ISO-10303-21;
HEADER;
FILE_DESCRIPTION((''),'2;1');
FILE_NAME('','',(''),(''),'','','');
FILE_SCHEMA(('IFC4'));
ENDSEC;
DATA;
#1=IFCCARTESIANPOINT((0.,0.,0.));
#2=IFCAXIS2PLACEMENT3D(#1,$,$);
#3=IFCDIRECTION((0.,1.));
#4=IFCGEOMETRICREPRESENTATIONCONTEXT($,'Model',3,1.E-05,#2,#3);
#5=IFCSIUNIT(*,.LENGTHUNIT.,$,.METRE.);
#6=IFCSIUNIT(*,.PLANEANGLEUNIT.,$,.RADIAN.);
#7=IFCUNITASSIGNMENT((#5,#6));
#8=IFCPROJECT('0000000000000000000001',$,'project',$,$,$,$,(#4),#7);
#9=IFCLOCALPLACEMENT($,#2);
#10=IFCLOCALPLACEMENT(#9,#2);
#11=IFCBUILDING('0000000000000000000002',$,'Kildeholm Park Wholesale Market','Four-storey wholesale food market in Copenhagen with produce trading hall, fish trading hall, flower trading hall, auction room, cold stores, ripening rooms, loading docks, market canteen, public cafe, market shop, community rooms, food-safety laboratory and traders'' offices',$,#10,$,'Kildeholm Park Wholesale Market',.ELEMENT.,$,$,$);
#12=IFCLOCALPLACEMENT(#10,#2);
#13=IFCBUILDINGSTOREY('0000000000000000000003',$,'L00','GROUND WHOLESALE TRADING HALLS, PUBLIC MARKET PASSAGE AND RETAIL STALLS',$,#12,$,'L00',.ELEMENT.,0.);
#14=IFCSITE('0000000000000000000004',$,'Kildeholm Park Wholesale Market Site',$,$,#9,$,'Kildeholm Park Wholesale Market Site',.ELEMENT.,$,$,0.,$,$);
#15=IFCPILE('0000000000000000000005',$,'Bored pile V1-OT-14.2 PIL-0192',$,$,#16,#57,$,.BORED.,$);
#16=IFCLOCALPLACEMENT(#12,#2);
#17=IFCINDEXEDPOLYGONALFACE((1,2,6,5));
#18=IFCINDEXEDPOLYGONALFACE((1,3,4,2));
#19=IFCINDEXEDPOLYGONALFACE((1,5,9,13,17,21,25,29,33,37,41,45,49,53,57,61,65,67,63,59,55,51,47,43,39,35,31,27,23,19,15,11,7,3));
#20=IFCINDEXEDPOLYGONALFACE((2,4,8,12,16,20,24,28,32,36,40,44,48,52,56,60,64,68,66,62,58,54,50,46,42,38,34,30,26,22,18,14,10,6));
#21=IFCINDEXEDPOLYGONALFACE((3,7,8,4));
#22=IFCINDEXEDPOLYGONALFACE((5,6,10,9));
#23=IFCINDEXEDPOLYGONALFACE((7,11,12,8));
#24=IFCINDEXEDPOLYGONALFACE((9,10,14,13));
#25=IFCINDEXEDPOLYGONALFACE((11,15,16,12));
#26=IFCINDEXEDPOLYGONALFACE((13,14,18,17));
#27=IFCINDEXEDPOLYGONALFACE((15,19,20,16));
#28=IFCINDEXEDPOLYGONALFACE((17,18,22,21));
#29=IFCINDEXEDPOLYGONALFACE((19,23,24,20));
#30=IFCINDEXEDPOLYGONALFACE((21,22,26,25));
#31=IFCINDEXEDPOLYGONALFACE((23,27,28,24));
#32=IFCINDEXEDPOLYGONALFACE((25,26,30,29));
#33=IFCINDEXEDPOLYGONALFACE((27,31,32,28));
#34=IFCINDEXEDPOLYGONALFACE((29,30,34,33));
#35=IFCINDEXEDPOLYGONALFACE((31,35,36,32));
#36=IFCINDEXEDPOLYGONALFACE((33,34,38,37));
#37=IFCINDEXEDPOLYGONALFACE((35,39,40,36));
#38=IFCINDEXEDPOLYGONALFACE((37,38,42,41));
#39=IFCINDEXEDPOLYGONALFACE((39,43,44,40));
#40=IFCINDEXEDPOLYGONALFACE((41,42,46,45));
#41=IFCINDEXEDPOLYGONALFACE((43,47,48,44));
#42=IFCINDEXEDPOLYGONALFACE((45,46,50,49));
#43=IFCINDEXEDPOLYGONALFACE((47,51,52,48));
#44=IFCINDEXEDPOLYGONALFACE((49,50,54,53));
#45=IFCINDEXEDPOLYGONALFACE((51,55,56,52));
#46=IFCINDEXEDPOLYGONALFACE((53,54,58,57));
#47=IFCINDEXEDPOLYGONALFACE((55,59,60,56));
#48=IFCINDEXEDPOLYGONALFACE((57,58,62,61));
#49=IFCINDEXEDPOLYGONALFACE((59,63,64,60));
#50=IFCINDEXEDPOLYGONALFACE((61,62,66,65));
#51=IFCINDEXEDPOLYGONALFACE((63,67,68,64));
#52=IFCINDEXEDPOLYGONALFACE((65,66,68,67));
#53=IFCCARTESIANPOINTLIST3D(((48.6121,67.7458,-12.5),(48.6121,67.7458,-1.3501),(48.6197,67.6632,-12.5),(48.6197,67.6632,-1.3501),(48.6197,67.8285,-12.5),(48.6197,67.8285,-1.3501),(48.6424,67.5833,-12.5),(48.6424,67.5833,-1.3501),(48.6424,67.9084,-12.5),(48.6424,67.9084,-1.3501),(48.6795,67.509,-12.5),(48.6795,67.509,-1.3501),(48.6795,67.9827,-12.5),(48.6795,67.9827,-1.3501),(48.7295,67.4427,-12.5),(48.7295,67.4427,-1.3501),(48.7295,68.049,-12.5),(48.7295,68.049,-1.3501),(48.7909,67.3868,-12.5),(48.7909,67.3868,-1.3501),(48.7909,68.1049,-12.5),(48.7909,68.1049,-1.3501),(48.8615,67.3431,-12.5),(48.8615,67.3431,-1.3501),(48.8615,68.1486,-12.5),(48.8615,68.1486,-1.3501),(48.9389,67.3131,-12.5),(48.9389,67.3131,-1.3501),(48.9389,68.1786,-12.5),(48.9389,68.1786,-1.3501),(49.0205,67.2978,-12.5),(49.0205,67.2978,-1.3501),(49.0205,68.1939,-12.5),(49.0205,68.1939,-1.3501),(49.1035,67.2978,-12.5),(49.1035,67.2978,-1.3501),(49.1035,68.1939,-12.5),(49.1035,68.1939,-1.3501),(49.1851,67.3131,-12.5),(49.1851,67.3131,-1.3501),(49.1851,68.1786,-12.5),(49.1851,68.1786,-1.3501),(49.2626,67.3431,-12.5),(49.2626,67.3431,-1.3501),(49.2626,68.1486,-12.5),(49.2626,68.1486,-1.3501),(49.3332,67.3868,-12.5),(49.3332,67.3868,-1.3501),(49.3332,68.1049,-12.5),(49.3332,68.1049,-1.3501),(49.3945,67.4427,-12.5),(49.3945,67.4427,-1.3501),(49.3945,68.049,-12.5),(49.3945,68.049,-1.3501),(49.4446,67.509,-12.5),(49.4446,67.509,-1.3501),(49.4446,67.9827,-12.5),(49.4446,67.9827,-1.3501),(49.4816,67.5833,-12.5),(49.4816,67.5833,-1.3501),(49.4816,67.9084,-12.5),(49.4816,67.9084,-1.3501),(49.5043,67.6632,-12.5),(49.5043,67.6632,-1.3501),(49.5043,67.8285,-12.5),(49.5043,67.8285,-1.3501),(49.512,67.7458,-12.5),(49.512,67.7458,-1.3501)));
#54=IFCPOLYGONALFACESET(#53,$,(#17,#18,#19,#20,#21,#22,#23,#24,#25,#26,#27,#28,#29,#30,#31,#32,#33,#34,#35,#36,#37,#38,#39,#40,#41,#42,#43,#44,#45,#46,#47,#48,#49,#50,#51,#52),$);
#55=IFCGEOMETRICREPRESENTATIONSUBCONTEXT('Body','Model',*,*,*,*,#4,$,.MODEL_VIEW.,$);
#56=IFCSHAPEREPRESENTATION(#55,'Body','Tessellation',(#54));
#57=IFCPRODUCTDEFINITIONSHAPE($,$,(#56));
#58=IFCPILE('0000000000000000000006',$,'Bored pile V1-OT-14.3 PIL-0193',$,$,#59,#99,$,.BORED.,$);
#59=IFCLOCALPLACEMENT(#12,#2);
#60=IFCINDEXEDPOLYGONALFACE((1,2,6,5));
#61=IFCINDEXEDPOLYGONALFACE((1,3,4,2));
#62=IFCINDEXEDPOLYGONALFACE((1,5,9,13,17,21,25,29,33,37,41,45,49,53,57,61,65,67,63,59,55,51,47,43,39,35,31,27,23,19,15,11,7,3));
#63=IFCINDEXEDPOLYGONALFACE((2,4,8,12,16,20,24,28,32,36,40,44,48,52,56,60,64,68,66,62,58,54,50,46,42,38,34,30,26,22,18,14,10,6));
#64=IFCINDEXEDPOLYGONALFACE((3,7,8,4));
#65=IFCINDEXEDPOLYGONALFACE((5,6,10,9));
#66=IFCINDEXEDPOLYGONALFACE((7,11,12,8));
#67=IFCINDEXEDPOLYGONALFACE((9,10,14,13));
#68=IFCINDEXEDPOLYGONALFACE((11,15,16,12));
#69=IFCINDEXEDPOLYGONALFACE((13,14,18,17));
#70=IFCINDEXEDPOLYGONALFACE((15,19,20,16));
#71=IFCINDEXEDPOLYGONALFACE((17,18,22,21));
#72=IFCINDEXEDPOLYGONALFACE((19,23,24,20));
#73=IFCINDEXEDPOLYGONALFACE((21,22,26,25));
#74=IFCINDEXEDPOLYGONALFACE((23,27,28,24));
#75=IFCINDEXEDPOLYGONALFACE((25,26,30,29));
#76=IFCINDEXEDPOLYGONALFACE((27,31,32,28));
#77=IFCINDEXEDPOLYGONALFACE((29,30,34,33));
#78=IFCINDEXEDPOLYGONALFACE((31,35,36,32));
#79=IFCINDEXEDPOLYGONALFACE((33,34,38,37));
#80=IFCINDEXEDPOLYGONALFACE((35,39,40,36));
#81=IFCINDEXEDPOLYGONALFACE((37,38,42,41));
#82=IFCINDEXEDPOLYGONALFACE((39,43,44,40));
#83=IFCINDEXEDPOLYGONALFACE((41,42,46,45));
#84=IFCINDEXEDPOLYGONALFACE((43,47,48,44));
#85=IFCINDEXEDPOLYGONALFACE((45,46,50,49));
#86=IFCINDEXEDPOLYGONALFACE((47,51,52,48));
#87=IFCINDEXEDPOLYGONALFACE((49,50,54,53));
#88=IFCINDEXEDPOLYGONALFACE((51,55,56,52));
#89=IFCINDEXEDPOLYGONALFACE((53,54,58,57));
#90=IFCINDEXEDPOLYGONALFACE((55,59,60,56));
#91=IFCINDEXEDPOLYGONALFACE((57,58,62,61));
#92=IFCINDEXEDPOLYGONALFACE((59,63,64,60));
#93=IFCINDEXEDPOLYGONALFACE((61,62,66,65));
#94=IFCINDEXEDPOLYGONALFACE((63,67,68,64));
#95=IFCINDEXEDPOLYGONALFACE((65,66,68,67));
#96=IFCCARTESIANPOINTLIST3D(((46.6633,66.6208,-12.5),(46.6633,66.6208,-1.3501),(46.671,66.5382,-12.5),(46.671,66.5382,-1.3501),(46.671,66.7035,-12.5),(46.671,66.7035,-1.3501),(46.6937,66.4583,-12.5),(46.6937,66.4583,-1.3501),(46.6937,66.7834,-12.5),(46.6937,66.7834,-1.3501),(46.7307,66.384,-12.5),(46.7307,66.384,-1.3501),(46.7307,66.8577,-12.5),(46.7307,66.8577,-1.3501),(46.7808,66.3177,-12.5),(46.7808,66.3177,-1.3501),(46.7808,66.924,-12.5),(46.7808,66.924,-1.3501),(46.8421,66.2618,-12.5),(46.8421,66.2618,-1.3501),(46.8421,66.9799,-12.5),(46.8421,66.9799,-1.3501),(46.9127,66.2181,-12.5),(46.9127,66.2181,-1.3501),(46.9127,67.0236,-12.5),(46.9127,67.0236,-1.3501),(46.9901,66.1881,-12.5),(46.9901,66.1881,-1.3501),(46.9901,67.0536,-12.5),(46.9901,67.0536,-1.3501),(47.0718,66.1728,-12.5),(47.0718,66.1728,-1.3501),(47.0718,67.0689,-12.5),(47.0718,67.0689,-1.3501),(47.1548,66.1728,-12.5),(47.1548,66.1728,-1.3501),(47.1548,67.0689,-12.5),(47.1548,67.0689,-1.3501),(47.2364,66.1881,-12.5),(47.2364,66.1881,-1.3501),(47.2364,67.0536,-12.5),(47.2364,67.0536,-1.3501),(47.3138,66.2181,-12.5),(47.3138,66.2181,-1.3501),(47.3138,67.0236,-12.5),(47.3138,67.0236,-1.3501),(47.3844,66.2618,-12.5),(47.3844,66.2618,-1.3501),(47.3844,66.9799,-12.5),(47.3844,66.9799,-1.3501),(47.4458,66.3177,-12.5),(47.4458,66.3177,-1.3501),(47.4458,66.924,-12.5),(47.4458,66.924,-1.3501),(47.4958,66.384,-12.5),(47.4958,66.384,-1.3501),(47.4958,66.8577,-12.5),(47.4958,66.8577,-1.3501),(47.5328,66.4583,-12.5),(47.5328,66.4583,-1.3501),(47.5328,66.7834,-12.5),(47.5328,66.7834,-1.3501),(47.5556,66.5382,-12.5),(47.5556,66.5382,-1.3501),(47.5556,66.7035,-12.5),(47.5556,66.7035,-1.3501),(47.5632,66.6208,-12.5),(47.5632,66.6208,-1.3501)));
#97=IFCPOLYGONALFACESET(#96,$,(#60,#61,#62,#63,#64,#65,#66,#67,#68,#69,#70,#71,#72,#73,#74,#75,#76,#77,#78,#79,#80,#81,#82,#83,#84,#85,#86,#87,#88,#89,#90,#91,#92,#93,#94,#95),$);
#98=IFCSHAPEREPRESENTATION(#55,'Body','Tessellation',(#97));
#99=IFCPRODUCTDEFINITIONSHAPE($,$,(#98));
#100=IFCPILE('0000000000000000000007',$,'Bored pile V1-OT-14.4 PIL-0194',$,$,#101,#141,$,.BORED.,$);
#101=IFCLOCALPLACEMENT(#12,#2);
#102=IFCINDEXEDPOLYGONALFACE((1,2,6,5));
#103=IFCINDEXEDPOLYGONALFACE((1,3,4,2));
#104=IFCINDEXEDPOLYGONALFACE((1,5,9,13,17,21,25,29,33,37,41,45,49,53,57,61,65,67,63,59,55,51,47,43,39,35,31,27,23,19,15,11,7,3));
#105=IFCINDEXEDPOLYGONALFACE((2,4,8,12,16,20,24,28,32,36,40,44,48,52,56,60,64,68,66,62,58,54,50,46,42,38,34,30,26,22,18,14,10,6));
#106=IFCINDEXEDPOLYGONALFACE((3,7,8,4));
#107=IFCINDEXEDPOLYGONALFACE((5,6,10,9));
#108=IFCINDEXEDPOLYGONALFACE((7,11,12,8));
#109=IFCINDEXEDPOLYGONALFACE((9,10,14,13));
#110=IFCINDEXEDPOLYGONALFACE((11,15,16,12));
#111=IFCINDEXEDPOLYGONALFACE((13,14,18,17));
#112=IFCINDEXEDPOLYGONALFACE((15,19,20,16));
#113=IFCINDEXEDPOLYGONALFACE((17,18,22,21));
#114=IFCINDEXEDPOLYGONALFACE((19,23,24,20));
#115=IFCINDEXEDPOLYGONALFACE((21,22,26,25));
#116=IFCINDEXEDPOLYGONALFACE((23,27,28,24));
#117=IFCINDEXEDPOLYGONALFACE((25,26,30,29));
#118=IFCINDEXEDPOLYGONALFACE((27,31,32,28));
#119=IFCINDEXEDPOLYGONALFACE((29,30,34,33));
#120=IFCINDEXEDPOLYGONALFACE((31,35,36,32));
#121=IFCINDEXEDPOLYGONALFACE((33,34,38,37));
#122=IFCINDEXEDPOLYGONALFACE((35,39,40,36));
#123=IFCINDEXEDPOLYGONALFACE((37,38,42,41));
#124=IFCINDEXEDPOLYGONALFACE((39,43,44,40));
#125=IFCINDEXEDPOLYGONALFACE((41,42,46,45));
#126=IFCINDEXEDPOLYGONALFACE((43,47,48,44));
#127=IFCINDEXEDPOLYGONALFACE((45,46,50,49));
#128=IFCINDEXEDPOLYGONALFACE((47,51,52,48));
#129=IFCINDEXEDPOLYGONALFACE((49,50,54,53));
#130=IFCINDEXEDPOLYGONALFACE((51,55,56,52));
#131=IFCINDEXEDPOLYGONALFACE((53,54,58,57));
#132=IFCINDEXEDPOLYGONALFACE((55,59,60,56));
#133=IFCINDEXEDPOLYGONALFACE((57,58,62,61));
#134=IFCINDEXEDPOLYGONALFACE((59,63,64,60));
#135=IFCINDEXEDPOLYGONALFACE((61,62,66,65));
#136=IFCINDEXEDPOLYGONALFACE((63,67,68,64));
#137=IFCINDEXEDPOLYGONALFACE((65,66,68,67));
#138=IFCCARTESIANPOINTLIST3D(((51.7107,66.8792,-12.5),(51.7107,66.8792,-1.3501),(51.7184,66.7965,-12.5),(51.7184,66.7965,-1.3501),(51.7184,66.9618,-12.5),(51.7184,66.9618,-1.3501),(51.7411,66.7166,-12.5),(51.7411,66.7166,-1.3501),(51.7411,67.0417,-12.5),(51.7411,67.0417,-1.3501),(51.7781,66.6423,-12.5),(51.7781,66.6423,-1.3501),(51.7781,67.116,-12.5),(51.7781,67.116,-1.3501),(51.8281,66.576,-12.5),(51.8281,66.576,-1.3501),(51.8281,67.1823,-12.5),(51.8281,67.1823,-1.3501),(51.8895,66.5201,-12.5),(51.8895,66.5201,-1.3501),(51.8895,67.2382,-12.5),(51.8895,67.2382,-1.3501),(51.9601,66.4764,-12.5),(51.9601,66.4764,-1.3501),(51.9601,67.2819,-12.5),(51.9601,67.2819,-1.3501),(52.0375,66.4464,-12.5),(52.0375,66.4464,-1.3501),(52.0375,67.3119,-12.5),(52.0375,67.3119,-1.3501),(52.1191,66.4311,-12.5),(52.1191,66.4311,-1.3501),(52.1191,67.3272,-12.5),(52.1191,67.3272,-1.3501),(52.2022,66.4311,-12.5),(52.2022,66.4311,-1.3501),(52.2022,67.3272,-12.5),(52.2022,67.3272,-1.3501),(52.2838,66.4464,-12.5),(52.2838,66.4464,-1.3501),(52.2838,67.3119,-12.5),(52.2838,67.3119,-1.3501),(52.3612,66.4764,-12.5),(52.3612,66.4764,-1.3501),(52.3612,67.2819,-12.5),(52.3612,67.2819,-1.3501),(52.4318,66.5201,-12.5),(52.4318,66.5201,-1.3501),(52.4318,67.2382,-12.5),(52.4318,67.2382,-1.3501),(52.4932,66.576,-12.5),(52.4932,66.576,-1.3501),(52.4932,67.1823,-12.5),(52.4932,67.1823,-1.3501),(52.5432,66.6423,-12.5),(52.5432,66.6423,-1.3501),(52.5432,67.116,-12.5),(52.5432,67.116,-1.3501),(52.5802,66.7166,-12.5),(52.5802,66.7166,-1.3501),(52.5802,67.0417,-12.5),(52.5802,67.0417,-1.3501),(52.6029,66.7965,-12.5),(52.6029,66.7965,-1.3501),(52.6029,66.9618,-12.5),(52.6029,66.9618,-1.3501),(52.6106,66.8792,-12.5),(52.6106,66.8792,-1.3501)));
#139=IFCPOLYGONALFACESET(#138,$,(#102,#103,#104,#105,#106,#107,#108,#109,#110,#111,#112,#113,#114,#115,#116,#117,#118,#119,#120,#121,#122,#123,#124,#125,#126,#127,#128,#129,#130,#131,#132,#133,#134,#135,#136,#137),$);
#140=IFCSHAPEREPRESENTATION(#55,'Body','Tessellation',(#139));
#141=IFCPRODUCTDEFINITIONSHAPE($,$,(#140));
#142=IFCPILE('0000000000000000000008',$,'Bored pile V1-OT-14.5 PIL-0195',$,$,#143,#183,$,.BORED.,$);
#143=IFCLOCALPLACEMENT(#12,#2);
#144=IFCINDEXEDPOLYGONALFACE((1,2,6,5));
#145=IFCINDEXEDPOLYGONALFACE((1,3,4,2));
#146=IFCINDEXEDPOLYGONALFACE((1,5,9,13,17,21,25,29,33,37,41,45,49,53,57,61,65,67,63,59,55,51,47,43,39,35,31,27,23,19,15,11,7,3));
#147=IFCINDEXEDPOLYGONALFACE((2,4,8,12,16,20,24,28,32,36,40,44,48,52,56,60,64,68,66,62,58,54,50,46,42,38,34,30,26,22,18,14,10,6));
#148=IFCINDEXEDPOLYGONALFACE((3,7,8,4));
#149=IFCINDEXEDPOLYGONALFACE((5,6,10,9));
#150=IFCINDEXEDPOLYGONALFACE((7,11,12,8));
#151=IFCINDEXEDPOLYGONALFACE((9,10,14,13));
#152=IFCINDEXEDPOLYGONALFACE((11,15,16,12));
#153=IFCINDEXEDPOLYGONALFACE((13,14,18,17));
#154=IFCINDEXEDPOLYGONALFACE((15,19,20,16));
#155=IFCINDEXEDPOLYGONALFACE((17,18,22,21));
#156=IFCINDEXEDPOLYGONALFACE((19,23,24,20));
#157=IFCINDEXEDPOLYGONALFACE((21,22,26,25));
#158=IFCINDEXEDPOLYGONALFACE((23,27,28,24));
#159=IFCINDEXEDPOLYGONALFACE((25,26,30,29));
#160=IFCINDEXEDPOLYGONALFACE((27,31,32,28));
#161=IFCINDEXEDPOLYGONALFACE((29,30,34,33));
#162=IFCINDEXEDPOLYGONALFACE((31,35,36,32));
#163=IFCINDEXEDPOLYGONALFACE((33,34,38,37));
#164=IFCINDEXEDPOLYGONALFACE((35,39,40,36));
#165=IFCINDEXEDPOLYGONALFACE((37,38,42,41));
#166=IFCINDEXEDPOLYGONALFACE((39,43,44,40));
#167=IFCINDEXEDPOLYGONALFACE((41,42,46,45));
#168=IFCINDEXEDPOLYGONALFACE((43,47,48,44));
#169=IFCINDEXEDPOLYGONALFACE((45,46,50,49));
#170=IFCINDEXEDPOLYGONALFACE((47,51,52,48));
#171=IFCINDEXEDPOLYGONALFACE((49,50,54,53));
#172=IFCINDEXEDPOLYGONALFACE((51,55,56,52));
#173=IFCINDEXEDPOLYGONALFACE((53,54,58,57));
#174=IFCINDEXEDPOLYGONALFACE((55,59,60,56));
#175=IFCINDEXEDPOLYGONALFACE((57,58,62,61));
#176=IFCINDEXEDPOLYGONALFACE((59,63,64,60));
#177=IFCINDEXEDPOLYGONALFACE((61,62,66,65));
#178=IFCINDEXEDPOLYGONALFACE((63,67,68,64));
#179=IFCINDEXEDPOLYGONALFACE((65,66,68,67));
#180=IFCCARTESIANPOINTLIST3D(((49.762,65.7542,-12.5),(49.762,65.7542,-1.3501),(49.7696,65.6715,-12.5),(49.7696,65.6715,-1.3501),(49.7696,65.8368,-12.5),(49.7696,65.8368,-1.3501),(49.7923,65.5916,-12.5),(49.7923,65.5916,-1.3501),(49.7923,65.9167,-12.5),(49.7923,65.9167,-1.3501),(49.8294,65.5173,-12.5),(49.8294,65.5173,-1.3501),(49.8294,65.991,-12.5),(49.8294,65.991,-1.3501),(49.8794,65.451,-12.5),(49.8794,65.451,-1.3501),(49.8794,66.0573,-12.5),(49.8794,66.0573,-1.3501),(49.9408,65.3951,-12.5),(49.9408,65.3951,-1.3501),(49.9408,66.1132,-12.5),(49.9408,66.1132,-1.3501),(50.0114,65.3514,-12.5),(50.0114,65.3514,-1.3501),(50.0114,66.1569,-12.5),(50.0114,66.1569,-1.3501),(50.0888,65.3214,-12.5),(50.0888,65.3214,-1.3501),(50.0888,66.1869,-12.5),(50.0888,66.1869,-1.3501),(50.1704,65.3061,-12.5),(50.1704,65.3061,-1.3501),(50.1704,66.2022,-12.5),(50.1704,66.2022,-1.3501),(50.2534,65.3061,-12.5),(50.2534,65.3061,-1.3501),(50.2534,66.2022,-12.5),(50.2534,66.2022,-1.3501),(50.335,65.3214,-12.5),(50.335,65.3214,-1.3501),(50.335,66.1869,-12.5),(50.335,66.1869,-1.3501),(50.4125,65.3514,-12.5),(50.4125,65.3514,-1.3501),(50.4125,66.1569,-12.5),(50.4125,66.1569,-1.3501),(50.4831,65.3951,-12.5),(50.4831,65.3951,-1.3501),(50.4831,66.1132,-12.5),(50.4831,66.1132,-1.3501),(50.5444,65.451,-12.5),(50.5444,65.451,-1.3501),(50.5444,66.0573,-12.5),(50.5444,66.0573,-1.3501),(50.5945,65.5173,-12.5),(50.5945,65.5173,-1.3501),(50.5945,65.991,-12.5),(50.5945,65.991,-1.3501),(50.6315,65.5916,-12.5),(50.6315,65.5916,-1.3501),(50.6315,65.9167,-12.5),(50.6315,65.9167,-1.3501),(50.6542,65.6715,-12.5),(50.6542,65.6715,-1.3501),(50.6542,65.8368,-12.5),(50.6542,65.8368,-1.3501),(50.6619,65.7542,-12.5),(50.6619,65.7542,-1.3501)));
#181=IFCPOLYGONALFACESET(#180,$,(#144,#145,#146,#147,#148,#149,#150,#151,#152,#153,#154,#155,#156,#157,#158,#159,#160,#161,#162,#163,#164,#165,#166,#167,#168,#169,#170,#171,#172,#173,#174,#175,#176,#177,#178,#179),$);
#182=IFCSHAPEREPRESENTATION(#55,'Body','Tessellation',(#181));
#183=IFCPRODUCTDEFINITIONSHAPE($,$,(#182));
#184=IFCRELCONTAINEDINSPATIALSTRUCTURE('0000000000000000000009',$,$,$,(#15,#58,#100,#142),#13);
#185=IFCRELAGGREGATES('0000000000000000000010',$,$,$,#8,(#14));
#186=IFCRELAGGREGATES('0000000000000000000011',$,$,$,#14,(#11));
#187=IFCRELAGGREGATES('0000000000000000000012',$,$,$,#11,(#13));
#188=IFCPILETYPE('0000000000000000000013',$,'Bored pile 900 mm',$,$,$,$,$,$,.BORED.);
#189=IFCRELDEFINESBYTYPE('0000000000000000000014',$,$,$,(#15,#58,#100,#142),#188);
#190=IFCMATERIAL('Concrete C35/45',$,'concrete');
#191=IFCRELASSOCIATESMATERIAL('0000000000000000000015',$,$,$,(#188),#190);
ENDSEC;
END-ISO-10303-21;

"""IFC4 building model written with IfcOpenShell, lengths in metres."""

from ifc_helpers import new_model, si_unit, direction, frame, origin, origin_2d, place, context, subcontext, project, spatial, circle, extrude, material, material_profile, profile_set, type_object, element, save


model = new_model("IFC4")

# Units and contexts
model_context = context("Model", 3, precision=1e-05, world=origin(), true_north=direction((0.0, 1.0)))
body_context = subcontext(model_context, "Body", "Model", "MODEL_VIEW")
ifc_project = project(units=[si_unit("LENGTHUNIT", "METRE"), si_unit("PLANEANGLEUNIT", "RADIAN")], contexts=[model_context])

# Site, building, storey
site_placement = place(None, origin())
site = spatial("IfcSite", under=ifc_project, at=site_placement, Name="Kildeholm Park Wholesale Market Site", LongName="Kildeholm Park Wholesale Market Site", CompositionType="ELEMENT", RefElevation=0.0)
building_placement = place(site_placement, origin())
building = spatial("IfcBuilding", under=site, at=building_placement, Name="Kildeholm Park Wholesale Market", Description="Four-storey wholesale food market in Copenhagen with produce trading hall, fish trading hall, flower trading hall, auction room, cold stores, ripening rooms, loading docks, market canteen, public cafe, market shop, community rooms, food-safety laboratory and traders' offices", LongName="Kildeholm Park Wholesale Market", CompositionType="ELEMENT")
storey_placement = place(building_placement, origin())
storey = spatial("IfcBuildingStorey", under=building, at=storey_placement, Name="L00", Description="GROUND WHOLESALE TRADING HALLS, PUBLIC MARKET PASSAGE AND RETAIL STALLS", LongName="L00", CompositionType="ELEMENT", Elevation=0.0)

# Piles
ifc_material_1 = material(Name="Concrete C35/45", Category="concrete")
ifc_material_profile_1 = material_profile(ifc_material_1, circle(Radius=0.45, at=origin_2d()), Name="PILE D900")
ifc_profile_set_1 = profile_set([ifc_material_profile_1], Name="Concrete C35/45")
pile_type_1 = type_object("IfcPileType", Name="Bored pile 900 mm", PredefinedType="BORED", material=ifc_profile_set_1)
for number, where, z_axis, x_axis, name in (
    (1, (49.062, 67.7458, -1.3501), (0.0, 0.0, -1.0), (1.0, 0.0, 0.0), "Bored pile V1-OT-14.2 PIL-0192"),
    (2, (47.1133, 66.6208, -1.3501), (0.0, 0.0, -1.0), (1.0, 0.0, 0.0), "Bored pile V1-OT-14.3 PIL-0193"),
    (3, (52.1606, 66.8792, -1.3501), (0.0, 0.0, -1.0), (1.0, 0.0, 0.0), "Bored pile V1-OT-14.4 PIL-0194"),
    (4, (50.2119, 65.7542, -1.3501), (0.0, 0.0, -1.0), (1.0, 0.0, 0.0), "Bored pile V1-OT-14.5 PIL-0195"),
):
    element("IfcPile", number, at=place(storey_placement, frame(where, z_axis=z_axis, x_axis=x_axis)), inside=storey, type_object=pile_type_1, Name=name, PredefinedType="BORED", context=body_context, shape_type="SweptSolid", body=[
        extrude(circle(Radius=0.45, at=origin_2d()), origin(), (0.0, 0.0, 1.0), 11.1499),
    ])

save(model, "model.ifc")
